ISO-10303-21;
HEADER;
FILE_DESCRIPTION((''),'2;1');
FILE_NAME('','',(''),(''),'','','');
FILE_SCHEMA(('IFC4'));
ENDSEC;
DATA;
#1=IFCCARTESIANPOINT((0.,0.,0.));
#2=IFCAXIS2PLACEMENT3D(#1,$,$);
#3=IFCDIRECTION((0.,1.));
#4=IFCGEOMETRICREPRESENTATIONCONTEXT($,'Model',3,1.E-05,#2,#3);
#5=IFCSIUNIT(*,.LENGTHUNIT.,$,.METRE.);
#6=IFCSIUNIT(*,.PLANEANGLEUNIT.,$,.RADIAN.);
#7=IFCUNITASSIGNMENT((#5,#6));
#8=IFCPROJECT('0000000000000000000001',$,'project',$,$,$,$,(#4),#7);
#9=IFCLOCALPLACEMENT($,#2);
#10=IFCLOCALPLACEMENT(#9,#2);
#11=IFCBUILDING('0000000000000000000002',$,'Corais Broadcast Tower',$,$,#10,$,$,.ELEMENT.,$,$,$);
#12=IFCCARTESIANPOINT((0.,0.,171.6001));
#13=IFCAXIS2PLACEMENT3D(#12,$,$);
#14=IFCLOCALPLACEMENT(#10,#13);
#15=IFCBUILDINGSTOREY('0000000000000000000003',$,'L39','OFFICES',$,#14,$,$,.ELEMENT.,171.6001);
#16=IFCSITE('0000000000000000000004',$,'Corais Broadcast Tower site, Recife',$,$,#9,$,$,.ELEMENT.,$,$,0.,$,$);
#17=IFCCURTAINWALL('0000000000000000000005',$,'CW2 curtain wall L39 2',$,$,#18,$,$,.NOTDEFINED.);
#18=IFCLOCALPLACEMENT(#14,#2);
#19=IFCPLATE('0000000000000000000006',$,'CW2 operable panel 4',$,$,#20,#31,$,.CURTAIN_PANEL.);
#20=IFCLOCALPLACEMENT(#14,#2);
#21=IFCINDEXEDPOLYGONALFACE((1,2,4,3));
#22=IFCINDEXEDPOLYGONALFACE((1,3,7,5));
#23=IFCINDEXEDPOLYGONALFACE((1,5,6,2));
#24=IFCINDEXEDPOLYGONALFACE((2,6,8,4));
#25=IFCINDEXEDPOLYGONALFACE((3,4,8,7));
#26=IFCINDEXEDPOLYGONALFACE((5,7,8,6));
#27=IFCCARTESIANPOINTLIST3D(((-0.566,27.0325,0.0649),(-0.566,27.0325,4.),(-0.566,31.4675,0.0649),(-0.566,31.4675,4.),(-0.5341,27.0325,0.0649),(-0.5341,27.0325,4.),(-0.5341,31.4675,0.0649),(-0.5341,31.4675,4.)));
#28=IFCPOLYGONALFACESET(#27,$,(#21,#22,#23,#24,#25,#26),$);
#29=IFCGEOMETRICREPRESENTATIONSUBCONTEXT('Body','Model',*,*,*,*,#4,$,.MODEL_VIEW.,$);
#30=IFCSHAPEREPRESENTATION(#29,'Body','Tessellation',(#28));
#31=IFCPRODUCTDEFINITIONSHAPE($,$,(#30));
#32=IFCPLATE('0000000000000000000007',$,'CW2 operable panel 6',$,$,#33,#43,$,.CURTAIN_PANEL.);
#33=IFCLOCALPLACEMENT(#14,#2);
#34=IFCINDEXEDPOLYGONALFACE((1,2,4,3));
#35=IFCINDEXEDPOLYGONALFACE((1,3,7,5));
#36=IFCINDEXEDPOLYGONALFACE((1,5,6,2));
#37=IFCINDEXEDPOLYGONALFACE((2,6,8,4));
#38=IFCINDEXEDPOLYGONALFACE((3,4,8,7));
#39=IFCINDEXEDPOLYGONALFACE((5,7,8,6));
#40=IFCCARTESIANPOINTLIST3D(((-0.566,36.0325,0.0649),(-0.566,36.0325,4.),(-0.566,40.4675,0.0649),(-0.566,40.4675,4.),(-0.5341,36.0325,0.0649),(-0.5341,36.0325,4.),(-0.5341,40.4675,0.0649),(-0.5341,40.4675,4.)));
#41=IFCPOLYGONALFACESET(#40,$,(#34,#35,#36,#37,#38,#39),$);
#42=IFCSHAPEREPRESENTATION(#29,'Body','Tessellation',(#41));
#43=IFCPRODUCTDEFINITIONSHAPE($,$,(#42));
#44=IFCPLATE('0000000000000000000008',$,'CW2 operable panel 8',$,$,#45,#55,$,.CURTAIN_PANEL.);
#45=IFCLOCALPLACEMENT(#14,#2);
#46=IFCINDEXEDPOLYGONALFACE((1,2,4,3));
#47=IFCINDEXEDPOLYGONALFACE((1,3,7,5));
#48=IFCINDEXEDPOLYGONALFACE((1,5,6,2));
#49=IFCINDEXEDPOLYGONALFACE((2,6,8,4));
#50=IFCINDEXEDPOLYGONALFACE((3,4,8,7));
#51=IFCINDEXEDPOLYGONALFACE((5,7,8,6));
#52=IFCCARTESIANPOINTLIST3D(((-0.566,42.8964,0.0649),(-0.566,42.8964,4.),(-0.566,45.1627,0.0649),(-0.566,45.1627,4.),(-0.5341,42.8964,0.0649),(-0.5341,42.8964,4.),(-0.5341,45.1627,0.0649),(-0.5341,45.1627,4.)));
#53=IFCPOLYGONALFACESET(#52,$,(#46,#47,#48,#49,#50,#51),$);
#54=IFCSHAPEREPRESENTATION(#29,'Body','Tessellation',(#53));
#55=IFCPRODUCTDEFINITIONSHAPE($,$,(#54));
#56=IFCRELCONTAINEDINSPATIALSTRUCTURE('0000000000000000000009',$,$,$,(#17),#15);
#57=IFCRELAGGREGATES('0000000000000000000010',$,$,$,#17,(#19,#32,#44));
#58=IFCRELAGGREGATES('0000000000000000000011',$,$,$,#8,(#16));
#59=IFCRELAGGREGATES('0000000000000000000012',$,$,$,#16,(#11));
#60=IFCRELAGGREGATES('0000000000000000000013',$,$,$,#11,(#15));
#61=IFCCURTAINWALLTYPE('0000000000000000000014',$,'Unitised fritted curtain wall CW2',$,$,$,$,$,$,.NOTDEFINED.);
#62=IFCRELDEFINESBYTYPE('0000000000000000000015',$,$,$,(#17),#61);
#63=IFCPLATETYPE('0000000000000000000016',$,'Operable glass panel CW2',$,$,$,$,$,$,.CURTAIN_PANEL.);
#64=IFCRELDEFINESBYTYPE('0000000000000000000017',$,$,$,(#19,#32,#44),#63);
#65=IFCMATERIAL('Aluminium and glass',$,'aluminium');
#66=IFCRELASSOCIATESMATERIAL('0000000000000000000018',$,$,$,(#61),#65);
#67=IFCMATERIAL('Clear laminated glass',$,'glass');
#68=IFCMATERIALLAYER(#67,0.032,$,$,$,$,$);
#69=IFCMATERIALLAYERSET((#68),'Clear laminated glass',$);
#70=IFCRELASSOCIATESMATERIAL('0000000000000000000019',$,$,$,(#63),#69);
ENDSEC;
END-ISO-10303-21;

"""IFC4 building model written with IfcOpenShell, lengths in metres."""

from ifc_helpers import new_model, si_unit, direction, frame, origin, origin_2d, place, context, subcontext, project, spatial, rectangle, extrude, material, layer, layer_set, type_object, element, aggregate, save


model = new_model("IFC4")

# Units and contexts
model_context = context("Model", 3, precision=1e-05, world=origin(), true_north=direction((0.0, 1.0)))
body_context = subcontext(model_context, "Body", "Model", "MODEL_VIEW")
ifc_project = project(units=[si_unit("LENGTHUNIT", "METRE"), si_unit("PLANEANGLEUNIT", "RADIAN")], contexts=[model_context])

# Site, building, storey
site_placement = place(None, origin())
site = spatial("IfcSite", under=ifc_project, at=site_placement, Name="Corais Broadcast Tower site, Recife", CompositionType="ELEMENT", RefElevation=0.0)
building_placement = place(site_placement, origin())
building = spatial("IfcBuilding", under=site, at=building_placement, Name="Corais Broadcast Tower", CompositionType="ELEMENT")
storey_placement = place(building_placement, frame((0.0, 0.0, 171.6001)))
storey = spatial("IfcBuildingStorey", under=building, at=storey_placement, Name="L39", Description="OFFICES", CompositionType="ELEMENT", Elevation=171.6001)

# Curtain wall
ifc_material_1 = material(Name="Aluminium and glass", Category="aluminium")
curtain_wall_type = type_object("IfcCurtainWallType", Name="Unitised fritted curtain wall CW2", PredefinedType="NOTDEFINED", material=ifc_material_1)
curtain_wall_placement = place(storey_placement, origin())
curtain_wall = element("IfcCurtainWall", 1, at=curtain_wall_placement, inside=storey, type_object=curtain_wall_type, Name="CW2 curtain wall L39 2", PredefinedType="NOTDEFINED")

# Plates
ifc_material_2 = material(Name="Clear laminated glass", Category="glass")
ifc_layer_1 = layer(ifc_material_2, 0.032)
ifc_layer_set_1 = layer_set([ifc_layer_1], Name="Clear laminated glass")
plate_type_1 = type_object("IfcPlateType", Name="Operable glass panel CW2", PredefinedType="CURTAIN_PANEL", material=ifc_layer_set_1)
plate_1_placement = place(storey_placement, frame((-0.55, 29.25, 0.0649), z_axis=(0.0, 0.0, 1.0), x_axis=(0.0, 1.0, 0.0)))
plate_1 = element("IfcPlate", 2, at=plate_1_placement, type_object=plate_type_1, Name="CW2 operable panel 4", PredefinedType="CURTAIN_PANEL", context=body_context, shape_type="SweptSolid", body=[
    extrude(rectangle(XDim=4.4351, YDim=0.032, at=origin_2d()), origin(), (0.0, 0.0, 1.0), 3.9351),
])
plate_2_placement = place(storey_placement, frame((-0.55, 38.25, 0.0649), z_axis=(0.0, 0.0, 1.0), x_axis=(0.0, 1.0, 0.0)))
plate_2 = element("IfcPlate", 3, at=plate_2_placement, type_object=plate_type_1, Name="CW2 operable panel 6", PredefinedType="CURTAIN_PANEL", context=body_context, shape_type="SweptSolid", body=[
    extrude(rectangle(XDim=4.4351, YDim=0.032, at=origin_2d()), origin(), (0.0, 0.0, 1.0), 3.9351),
])
plate_3_placement = place(storey_placement, frame((-0.55, 44.0295, 0.0649), z_axis=(0.0, 0.0, 1.0), x_axis=(0.0, 1.0, 0.0)))
plate_3 = element("IfcPlate", 4, at=plate_3_placement, type_object=plate_type_1, Name="CW2 operable panel 8", PredefinedType="CURTAIN_PANEL", context=body_context, shape_type="SweptSolid", body=[
    extrude(rectangle(XDim=2.2664, YDim=0.032, at=origin_2d()), origin(), (0.0, 0.0, 1.0), 3.9351),
])
aggregate(curtain_wall, [plate_1, plate_2, plate_3])

save(model, "model.ifc")
